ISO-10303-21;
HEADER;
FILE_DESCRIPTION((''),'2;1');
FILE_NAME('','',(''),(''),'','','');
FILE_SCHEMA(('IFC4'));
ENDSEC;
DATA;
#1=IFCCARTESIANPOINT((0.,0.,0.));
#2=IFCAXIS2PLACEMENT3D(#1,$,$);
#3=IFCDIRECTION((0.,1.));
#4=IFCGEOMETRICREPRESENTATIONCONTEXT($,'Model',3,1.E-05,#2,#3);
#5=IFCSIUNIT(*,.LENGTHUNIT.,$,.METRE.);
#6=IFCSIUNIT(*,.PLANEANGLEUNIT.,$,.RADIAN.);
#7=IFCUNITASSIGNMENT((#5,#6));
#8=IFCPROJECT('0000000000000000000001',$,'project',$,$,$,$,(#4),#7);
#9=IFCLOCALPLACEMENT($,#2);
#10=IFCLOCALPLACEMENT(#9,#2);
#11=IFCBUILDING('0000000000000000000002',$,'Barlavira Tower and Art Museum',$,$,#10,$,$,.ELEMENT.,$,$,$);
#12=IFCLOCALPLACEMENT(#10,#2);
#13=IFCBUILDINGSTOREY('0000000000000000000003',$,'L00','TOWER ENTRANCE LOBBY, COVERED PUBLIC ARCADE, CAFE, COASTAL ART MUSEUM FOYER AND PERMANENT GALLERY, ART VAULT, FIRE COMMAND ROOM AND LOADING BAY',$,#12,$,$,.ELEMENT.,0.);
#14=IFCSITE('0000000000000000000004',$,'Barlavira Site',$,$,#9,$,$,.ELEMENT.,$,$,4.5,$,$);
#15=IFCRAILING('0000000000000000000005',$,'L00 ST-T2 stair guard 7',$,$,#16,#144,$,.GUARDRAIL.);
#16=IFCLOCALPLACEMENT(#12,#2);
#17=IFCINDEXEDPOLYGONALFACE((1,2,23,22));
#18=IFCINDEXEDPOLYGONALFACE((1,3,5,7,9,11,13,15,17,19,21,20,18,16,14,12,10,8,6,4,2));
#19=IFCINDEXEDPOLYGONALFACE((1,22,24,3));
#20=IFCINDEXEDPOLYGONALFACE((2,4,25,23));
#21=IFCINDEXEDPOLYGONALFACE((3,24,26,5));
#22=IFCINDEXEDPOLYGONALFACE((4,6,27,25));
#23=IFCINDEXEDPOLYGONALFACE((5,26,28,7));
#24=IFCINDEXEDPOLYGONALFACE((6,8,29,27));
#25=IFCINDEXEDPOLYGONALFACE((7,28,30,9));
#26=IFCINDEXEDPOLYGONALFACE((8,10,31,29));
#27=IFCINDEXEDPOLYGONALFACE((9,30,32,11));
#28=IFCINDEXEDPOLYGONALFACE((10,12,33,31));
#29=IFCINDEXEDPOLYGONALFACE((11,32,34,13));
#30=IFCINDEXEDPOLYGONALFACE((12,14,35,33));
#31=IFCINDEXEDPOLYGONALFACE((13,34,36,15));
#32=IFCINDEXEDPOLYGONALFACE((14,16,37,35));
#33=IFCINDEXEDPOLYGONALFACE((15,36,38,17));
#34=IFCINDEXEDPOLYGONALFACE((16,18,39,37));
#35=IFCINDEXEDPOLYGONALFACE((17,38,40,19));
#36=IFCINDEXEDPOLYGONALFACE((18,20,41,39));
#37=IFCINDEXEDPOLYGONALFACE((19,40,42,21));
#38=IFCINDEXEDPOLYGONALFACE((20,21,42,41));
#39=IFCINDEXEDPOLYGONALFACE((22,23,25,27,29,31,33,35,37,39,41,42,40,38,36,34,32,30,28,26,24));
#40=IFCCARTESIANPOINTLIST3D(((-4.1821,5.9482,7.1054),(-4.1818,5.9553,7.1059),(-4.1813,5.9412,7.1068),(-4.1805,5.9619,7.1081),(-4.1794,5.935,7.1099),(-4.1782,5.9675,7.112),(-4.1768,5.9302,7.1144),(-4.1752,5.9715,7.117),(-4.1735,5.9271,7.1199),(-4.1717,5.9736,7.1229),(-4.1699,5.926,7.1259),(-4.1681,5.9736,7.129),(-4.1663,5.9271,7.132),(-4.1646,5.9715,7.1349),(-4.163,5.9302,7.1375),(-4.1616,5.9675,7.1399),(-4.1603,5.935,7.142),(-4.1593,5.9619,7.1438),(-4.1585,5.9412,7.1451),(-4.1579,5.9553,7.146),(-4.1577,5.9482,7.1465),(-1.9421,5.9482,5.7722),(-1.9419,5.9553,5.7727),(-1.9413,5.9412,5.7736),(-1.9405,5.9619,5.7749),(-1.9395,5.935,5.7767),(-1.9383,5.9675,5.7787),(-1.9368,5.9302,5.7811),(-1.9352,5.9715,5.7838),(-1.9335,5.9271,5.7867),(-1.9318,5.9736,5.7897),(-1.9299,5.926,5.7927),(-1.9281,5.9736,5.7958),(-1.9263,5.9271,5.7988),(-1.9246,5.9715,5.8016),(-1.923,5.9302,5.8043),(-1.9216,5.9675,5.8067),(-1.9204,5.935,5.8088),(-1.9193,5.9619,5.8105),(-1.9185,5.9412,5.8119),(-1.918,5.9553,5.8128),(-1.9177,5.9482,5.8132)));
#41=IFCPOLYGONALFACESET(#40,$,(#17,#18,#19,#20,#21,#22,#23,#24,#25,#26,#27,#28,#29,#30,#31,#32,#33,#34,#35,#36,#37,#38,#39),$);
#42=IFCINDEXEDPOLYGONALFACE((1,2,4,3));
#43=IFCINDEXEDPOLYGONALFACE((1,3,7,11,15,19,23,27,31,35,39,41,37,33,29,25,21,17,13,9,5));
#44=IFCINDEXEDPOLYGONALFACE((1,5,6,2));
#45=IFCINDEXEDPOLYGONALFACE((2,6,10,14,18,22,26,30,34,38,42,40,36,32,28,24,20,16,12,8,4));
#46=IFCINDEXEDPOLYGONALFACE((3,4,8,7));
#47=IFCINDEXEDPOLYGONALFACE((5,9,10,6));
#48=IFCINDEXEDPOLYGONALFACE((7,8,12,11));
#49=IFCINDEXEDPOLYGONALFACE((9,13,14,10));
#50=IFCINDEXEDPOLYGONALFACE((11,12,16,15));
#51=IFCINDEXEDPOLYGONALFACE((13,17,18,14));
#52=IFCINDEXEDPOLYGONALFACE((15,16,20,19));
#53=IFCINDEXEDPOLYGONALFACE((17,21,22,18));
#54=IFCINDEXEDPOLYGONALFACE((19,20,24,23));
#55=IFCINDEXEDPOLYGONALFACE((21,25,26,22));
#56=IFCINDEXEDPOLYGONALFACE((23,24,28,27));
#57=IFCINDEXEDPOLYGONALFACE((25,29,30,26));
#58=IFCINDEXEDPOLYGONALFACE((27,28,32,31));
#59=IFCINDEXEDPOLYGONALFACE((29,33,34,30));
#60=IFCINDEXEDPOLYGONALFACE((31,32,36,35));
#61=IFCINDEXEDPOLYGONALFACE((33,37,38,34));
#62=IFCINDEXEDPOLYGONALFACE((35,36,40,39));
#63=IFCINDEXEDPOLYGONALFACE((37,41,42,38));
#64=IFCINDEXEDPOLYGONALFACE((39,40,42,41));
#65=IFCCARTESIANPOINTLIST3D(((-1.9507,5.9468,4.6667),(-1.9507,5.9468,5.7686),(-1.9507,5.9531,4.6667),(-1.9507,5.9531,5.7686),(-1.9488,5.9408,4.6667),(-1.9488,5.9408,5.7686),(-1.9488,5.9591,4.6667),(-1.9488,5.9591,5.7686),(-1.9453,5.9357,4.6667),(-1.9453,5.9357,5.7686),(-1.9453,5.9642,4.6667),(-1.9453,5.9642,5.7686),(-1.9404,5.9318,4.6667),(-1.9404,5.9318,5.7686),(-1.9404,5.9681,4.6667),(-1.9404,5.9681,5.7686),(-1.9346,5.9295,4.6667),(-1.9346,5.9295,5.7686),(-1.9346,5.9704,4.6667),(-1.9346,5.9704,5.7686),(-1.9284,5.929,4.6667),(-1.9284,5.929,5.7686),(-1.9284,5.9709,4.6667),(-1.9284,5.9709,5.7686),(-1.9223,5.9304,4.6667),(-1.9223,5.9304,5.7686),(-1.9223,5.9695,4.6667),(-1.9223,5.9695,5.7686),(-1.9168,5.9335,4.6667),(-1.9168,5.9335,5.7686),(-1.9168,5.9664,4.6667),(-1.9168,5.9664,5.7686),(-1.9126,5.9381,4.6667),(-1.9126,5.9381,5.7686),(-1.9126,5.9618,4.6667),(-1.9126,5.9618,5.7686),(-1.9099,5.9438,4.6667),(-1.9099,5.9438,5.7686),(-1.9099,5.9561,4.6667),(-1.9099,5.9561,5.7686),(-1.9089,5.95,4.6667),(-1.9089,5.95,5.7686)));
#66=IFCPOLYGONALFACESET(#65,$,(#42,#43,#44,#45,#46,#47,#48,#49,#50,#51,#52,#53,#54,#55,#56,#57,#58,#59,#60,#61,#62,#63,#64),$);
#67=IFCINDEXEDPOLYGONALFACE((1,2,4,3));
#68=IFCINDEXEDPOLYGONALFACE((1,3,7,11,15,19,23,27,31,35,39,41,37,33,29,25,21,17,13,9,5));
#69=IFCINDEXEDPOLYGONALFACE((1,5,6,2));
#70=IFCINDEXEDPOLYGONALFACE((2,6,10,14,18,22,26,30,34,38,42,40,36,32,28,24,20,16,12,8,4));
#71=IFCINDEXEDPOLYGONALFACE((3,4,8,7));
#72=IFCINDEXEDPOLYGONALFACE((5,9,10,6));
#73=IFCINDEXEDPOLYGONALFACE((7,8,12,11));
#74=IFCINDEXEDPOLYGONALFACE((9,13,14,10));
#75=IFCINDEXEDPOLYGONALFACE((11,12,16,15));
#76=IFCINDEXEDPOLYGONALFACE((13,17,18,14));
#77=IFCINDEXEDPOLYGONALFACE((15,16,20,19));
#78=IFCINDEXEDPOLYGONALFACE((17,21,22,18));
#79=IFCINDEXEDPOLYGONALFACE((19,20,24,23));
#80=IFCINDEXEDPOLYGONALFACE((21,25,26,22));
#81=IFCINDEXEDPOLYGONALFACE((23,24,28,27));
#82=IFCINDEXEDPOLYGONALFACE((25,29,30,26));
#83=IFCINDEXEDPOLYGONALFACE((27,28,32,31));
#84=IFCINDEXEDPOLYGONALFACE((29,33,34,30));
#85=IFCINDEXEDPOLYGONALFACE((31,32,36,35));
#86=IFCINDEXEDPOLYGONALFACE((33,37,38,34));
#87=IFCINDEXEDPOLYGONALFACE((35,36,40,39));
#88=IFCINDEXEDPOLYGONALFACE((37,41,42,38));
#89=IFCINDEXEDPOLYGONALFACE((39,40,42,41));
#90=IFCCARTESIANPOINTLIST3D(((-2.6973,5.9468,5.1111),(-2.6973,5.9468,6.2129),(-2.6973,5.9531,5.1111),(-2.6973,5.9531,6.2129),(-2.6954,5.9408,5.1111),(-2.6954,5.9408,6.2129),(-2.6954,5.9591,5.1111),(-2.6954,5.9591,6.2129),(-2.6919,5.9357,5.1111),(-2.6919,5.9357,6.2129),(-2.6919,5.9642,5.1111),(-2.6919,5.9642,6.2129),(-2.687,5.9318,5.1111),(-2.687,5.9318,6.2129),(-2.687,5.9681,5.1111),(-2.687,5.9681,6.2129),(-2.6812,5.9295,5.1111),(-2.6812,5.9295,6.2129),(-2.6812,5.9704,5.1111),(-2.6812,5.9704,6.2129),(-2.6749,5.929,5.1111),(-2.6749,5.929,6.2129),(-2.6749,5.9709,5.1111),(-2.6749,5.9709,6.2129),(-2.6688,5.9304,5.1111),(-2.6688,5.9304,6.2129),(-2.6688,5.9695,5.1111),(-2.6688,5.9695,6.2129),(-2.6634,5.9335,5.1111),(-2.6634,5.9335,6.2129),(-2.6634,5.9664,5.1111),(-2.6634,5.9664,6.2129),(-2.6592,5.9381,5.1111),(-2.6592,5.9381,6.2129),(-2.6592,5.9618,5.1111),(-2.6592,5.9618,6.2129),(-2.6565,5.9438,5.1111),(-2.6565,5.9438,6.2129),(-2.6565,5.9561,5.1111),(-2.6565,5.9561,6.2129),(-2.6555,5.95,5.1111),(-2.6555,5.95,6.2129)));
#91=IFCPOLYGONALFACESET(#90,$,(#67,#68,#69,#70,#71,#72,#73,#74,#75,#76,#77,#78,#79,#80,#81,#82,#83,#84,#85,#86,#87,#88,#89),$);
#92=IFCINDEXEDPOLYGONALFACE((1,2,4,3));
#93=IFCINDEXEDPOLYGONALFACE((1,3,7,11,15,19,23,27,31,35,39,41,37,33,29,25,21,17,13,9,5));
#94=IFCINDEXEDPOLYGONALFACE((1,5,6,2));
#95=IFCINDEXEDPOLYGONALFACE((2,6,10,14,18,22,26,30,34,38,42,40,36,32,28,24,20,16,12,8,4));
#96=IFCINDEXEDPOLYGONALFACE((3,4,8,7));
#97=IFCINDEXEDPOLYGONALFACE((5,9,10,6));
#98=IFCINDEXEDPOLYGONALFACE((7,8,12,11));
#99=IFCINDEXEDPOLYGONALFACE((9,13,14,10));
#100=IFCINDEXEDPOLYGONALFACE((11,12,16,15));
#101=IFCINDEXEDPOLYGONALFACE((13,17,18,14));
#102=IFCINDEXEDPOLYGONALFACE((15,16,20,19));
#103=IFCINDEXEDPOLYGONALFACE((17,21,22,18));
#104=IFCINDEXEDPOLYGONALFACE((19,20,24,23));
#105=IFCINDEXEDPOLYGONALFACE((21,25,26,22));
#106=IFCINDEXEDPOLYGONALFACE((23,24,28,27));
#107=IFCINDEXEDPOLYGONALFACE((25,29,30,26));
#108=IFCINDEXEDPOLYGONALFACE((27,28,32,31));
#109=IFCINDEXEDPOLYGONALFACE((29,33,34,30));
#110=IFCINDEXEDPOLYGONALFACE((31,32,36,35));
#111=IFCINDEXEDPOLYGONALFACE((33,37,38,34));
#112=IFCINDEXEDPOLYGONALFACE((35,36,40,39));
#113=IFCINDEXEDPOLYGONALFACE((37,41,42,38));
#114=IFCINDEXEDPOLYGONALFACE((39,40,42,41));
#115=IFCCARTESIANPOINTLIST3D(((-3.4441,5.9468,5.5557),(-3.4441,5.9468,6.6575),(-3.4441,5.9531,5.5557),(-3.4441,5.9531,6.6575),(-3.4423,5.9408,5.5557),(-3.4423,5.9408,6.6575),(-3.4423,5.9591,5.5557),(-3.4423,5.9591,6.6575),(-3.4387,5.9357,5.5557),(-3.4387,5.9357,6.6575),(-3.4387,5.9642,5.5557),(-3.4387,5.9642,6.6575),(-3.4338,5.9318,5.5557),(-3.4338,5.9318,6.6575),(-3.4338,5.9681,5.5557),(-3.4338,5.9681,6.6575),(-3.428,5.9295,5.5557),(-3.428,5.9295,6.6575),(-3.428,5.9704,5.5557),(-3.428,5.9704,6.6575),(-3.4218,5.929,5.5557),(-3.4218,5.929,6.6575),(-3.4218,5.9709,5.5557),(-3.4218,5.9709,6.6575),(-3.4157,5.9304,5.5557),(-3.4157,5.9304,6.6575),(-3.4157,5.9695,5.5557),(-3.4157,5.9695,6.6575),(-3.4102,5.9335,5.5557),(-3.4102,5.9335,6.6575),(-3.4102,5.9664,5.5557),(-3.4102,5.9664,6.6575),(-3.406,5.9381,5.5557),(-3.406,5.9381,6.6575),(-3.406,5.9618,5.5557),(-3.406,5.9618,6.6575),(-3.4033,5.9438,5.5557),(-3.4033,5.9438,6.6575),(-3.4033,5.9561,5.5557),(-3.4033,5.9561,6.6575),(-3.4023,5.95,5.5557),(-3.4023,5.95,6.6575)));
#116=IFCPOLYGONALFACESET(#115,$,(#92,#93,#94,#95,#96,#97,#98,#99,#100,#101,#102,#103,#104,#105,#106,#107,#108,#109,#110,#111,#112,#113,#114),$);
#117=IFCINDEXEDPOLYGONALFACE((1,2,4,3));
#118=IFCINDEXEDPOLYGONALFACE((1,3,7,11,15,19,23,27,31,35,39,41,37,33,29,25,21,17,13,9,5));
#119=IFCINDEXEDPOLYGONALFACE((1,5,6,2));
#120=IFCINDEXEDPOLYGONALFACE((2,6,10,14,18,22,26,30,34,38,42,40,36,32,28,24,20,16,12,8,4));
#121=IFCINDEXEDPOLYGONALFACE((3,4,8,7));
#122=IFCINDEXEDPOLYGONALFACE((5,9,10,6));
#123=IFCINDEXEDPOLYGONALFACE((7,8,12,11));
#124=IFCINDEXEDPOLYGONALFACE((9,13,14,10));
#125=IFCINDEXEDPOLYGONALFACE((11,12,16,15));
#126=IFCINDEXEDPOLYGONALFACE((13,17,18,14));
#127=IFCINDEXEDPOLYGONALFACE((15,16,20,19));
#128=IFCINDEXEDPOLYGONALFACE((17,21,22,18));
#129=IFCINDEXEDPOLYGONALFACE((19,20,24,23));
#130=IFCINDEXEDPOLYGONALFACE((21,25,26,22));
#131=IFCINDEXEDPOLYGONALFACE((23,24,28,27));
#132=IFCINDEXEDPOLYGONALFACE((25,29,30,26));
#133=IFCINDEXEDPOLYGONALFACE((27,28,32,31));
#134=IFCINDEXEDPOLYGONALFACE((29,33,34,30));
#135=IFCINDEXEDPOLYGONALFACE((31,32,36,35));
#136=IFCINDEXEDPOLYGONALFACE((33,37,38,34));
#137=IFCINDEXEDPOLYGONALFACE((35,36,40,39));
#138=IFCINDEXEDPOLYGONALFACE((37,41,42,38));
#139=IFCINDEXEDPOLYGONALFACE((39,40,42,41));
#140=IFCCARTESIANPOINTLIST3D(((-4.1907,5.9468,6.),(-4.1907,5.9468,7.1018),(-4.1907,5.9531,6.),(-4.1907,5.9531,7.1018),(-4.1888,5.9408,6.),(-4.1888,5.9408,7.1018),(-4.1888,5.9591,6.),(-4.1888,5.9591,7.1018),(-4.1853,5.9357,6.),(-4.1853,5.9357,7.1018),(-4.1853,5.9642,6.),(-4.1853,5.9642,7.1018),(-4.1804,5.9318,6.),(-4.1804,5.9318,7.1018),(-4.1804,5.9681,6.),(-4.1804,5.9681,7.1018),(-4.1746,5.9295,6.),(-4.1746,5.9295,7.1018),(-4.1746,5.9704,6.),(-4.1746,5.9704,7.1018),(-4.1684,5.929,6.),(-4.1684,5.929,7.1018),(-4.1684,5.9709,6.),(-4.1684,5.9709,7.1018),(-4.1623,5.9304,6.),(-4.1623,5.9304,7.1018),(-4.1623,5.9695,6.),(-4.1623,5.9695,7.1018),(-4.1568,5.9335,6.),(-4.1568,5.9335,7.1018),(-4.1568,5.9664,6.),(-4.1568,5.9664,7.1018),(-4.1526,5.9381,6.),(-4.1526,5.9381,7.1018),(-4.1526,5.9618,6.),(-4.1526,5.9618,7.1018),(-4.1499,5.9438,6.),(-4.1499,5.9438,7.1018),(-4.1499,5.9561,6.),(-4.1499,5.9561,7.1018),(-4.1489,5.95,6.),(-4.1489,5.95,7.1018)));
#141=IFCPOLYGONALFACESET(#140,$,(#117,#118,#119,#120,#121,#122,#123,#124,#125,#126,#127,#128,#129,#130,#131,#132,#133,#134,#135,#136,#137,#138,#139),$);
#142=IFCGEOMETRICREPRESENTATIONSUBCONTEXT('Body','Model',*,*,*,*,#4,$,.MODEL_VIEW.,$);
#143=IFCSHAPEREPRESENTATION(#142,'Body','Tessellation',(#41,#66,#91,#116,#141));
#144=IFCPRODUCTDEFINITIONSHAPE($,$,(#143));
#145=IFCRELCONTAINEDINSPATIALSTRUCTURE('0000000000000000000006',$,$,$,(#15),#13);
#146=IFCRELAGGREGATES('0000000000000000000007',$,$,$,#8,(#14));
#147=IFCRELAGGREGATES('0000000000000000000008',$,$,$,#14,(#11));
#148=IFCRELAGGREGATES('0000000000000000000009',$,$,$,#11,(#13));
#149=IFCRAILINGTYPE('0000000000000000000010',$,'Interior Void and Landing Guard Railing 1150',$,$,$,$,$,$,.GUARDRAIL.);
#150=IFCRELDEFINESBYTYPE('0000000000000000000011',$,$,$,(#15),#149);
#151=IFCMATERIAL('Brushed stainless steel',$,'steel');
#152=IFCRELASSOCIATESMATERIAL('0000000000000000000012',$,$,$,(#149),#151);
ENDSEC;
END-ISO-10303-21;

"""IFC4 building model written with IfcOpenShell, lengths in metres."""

from ifc_helpers import new_model, si_unit, direction, frame, origin, origin_2d, place, context, subcontext, project, spatial, circle, extrude, material, type_object, element, save


model = new_model("IFC4")

# Units and contexts
model_context = context("Model", 3, precision=1e-05, world=origin(), true_north=direction((0.0, 1.0)))
body_context = subcontext(model_context, "Body", "Model", "MODEL_VIEW")
ifc_project = project(units=[si_unit("LENGTHUNIT", "METRE"), si_unit("PLANEANGLEUNIT", "RADIAN")], contexts=[model_context])

# Site, building, storey
site_placement = place(None, origin())
site = spatial("IfcSite", under=ifc_project, at=site_placement, Name="Barlavira Site", CompositionType="ELEMENT", RefElevation=4.5)
building_placement = place(site_placement, origin())
building = spatial("IfcBuilding", under=site, at=building_placement, Name="Barlavira Tower and Art Museum", CompositionType="ELEMENT")
storey_placement = place(building_placement, origin())
storey = spatial("IfcBuildingStorey", under=building, at=storey_placement, Name="L00", Description="TOWER ENTRANCE LOBBY, COVERED PUBLIC ARCADE, CAFE, COASTAL ART MUSEUM FOYER AND PERMANENT GALLERY, ART VAULT, FIRE COMMAND ROOM AND LOADING BAY", CompositionType="ELEMENT", Elevation=0.0)

# Shared definitions
ifc_material_1 = material(Name="Brushed stainless steel", Category="steel")

# Railing
railing_type_1 = type_object("IfcRailingType", Name="Interior Void and Landing Guard Railing 1150", PredefinedType="GUARDRAIL", material=ifc_material_1)
railing_1_placement = place(storey_placement, frame((-1.9299, 5.95, 4.6667)))
element("IfcRailing", 1, at=railing_1_placement, inside=storey, type_object=railing_type_1, Name="L00 ST-T2 stair guard 7", PredefinedType="GUARDRAIL", context=body_context, shape_type="SweptSolid", body=[
    extrude(circle(Radius=0.0239, at=origin_2d()), frame((0.0, 0.0, 1.126), z_axis=(-0.859306, 0.0, 0.511462), x_axis=(0.0, -1.0, 0.0)), (0.0, 0.0, 1.0), 2.6067),
    extrude(circle(Radius=0.021, at=origin_2d()), origin(), (0.0, 0.0, 1.0), 1.1018),
    extrude(circle(Radius=0.021, at=origin_2d()), frame((-0.7466, 0.0, 0.4443)), (0.0, 0.0, 1.0), 1.1018),
    extrude(circle(Radius=0.021, at=origin_2d()), frame((-1.4934, 0.0, 0.8889)), (0.0, 0.0, 1.0), 1.1018),
    extrude(circle(Radius=0.021, at=origin_2d()), frame((-2.24, 0.0, 1.3333)), (0.0, 0.0, 1.0), 1.1018),
])

save(model, "model.ifc")
